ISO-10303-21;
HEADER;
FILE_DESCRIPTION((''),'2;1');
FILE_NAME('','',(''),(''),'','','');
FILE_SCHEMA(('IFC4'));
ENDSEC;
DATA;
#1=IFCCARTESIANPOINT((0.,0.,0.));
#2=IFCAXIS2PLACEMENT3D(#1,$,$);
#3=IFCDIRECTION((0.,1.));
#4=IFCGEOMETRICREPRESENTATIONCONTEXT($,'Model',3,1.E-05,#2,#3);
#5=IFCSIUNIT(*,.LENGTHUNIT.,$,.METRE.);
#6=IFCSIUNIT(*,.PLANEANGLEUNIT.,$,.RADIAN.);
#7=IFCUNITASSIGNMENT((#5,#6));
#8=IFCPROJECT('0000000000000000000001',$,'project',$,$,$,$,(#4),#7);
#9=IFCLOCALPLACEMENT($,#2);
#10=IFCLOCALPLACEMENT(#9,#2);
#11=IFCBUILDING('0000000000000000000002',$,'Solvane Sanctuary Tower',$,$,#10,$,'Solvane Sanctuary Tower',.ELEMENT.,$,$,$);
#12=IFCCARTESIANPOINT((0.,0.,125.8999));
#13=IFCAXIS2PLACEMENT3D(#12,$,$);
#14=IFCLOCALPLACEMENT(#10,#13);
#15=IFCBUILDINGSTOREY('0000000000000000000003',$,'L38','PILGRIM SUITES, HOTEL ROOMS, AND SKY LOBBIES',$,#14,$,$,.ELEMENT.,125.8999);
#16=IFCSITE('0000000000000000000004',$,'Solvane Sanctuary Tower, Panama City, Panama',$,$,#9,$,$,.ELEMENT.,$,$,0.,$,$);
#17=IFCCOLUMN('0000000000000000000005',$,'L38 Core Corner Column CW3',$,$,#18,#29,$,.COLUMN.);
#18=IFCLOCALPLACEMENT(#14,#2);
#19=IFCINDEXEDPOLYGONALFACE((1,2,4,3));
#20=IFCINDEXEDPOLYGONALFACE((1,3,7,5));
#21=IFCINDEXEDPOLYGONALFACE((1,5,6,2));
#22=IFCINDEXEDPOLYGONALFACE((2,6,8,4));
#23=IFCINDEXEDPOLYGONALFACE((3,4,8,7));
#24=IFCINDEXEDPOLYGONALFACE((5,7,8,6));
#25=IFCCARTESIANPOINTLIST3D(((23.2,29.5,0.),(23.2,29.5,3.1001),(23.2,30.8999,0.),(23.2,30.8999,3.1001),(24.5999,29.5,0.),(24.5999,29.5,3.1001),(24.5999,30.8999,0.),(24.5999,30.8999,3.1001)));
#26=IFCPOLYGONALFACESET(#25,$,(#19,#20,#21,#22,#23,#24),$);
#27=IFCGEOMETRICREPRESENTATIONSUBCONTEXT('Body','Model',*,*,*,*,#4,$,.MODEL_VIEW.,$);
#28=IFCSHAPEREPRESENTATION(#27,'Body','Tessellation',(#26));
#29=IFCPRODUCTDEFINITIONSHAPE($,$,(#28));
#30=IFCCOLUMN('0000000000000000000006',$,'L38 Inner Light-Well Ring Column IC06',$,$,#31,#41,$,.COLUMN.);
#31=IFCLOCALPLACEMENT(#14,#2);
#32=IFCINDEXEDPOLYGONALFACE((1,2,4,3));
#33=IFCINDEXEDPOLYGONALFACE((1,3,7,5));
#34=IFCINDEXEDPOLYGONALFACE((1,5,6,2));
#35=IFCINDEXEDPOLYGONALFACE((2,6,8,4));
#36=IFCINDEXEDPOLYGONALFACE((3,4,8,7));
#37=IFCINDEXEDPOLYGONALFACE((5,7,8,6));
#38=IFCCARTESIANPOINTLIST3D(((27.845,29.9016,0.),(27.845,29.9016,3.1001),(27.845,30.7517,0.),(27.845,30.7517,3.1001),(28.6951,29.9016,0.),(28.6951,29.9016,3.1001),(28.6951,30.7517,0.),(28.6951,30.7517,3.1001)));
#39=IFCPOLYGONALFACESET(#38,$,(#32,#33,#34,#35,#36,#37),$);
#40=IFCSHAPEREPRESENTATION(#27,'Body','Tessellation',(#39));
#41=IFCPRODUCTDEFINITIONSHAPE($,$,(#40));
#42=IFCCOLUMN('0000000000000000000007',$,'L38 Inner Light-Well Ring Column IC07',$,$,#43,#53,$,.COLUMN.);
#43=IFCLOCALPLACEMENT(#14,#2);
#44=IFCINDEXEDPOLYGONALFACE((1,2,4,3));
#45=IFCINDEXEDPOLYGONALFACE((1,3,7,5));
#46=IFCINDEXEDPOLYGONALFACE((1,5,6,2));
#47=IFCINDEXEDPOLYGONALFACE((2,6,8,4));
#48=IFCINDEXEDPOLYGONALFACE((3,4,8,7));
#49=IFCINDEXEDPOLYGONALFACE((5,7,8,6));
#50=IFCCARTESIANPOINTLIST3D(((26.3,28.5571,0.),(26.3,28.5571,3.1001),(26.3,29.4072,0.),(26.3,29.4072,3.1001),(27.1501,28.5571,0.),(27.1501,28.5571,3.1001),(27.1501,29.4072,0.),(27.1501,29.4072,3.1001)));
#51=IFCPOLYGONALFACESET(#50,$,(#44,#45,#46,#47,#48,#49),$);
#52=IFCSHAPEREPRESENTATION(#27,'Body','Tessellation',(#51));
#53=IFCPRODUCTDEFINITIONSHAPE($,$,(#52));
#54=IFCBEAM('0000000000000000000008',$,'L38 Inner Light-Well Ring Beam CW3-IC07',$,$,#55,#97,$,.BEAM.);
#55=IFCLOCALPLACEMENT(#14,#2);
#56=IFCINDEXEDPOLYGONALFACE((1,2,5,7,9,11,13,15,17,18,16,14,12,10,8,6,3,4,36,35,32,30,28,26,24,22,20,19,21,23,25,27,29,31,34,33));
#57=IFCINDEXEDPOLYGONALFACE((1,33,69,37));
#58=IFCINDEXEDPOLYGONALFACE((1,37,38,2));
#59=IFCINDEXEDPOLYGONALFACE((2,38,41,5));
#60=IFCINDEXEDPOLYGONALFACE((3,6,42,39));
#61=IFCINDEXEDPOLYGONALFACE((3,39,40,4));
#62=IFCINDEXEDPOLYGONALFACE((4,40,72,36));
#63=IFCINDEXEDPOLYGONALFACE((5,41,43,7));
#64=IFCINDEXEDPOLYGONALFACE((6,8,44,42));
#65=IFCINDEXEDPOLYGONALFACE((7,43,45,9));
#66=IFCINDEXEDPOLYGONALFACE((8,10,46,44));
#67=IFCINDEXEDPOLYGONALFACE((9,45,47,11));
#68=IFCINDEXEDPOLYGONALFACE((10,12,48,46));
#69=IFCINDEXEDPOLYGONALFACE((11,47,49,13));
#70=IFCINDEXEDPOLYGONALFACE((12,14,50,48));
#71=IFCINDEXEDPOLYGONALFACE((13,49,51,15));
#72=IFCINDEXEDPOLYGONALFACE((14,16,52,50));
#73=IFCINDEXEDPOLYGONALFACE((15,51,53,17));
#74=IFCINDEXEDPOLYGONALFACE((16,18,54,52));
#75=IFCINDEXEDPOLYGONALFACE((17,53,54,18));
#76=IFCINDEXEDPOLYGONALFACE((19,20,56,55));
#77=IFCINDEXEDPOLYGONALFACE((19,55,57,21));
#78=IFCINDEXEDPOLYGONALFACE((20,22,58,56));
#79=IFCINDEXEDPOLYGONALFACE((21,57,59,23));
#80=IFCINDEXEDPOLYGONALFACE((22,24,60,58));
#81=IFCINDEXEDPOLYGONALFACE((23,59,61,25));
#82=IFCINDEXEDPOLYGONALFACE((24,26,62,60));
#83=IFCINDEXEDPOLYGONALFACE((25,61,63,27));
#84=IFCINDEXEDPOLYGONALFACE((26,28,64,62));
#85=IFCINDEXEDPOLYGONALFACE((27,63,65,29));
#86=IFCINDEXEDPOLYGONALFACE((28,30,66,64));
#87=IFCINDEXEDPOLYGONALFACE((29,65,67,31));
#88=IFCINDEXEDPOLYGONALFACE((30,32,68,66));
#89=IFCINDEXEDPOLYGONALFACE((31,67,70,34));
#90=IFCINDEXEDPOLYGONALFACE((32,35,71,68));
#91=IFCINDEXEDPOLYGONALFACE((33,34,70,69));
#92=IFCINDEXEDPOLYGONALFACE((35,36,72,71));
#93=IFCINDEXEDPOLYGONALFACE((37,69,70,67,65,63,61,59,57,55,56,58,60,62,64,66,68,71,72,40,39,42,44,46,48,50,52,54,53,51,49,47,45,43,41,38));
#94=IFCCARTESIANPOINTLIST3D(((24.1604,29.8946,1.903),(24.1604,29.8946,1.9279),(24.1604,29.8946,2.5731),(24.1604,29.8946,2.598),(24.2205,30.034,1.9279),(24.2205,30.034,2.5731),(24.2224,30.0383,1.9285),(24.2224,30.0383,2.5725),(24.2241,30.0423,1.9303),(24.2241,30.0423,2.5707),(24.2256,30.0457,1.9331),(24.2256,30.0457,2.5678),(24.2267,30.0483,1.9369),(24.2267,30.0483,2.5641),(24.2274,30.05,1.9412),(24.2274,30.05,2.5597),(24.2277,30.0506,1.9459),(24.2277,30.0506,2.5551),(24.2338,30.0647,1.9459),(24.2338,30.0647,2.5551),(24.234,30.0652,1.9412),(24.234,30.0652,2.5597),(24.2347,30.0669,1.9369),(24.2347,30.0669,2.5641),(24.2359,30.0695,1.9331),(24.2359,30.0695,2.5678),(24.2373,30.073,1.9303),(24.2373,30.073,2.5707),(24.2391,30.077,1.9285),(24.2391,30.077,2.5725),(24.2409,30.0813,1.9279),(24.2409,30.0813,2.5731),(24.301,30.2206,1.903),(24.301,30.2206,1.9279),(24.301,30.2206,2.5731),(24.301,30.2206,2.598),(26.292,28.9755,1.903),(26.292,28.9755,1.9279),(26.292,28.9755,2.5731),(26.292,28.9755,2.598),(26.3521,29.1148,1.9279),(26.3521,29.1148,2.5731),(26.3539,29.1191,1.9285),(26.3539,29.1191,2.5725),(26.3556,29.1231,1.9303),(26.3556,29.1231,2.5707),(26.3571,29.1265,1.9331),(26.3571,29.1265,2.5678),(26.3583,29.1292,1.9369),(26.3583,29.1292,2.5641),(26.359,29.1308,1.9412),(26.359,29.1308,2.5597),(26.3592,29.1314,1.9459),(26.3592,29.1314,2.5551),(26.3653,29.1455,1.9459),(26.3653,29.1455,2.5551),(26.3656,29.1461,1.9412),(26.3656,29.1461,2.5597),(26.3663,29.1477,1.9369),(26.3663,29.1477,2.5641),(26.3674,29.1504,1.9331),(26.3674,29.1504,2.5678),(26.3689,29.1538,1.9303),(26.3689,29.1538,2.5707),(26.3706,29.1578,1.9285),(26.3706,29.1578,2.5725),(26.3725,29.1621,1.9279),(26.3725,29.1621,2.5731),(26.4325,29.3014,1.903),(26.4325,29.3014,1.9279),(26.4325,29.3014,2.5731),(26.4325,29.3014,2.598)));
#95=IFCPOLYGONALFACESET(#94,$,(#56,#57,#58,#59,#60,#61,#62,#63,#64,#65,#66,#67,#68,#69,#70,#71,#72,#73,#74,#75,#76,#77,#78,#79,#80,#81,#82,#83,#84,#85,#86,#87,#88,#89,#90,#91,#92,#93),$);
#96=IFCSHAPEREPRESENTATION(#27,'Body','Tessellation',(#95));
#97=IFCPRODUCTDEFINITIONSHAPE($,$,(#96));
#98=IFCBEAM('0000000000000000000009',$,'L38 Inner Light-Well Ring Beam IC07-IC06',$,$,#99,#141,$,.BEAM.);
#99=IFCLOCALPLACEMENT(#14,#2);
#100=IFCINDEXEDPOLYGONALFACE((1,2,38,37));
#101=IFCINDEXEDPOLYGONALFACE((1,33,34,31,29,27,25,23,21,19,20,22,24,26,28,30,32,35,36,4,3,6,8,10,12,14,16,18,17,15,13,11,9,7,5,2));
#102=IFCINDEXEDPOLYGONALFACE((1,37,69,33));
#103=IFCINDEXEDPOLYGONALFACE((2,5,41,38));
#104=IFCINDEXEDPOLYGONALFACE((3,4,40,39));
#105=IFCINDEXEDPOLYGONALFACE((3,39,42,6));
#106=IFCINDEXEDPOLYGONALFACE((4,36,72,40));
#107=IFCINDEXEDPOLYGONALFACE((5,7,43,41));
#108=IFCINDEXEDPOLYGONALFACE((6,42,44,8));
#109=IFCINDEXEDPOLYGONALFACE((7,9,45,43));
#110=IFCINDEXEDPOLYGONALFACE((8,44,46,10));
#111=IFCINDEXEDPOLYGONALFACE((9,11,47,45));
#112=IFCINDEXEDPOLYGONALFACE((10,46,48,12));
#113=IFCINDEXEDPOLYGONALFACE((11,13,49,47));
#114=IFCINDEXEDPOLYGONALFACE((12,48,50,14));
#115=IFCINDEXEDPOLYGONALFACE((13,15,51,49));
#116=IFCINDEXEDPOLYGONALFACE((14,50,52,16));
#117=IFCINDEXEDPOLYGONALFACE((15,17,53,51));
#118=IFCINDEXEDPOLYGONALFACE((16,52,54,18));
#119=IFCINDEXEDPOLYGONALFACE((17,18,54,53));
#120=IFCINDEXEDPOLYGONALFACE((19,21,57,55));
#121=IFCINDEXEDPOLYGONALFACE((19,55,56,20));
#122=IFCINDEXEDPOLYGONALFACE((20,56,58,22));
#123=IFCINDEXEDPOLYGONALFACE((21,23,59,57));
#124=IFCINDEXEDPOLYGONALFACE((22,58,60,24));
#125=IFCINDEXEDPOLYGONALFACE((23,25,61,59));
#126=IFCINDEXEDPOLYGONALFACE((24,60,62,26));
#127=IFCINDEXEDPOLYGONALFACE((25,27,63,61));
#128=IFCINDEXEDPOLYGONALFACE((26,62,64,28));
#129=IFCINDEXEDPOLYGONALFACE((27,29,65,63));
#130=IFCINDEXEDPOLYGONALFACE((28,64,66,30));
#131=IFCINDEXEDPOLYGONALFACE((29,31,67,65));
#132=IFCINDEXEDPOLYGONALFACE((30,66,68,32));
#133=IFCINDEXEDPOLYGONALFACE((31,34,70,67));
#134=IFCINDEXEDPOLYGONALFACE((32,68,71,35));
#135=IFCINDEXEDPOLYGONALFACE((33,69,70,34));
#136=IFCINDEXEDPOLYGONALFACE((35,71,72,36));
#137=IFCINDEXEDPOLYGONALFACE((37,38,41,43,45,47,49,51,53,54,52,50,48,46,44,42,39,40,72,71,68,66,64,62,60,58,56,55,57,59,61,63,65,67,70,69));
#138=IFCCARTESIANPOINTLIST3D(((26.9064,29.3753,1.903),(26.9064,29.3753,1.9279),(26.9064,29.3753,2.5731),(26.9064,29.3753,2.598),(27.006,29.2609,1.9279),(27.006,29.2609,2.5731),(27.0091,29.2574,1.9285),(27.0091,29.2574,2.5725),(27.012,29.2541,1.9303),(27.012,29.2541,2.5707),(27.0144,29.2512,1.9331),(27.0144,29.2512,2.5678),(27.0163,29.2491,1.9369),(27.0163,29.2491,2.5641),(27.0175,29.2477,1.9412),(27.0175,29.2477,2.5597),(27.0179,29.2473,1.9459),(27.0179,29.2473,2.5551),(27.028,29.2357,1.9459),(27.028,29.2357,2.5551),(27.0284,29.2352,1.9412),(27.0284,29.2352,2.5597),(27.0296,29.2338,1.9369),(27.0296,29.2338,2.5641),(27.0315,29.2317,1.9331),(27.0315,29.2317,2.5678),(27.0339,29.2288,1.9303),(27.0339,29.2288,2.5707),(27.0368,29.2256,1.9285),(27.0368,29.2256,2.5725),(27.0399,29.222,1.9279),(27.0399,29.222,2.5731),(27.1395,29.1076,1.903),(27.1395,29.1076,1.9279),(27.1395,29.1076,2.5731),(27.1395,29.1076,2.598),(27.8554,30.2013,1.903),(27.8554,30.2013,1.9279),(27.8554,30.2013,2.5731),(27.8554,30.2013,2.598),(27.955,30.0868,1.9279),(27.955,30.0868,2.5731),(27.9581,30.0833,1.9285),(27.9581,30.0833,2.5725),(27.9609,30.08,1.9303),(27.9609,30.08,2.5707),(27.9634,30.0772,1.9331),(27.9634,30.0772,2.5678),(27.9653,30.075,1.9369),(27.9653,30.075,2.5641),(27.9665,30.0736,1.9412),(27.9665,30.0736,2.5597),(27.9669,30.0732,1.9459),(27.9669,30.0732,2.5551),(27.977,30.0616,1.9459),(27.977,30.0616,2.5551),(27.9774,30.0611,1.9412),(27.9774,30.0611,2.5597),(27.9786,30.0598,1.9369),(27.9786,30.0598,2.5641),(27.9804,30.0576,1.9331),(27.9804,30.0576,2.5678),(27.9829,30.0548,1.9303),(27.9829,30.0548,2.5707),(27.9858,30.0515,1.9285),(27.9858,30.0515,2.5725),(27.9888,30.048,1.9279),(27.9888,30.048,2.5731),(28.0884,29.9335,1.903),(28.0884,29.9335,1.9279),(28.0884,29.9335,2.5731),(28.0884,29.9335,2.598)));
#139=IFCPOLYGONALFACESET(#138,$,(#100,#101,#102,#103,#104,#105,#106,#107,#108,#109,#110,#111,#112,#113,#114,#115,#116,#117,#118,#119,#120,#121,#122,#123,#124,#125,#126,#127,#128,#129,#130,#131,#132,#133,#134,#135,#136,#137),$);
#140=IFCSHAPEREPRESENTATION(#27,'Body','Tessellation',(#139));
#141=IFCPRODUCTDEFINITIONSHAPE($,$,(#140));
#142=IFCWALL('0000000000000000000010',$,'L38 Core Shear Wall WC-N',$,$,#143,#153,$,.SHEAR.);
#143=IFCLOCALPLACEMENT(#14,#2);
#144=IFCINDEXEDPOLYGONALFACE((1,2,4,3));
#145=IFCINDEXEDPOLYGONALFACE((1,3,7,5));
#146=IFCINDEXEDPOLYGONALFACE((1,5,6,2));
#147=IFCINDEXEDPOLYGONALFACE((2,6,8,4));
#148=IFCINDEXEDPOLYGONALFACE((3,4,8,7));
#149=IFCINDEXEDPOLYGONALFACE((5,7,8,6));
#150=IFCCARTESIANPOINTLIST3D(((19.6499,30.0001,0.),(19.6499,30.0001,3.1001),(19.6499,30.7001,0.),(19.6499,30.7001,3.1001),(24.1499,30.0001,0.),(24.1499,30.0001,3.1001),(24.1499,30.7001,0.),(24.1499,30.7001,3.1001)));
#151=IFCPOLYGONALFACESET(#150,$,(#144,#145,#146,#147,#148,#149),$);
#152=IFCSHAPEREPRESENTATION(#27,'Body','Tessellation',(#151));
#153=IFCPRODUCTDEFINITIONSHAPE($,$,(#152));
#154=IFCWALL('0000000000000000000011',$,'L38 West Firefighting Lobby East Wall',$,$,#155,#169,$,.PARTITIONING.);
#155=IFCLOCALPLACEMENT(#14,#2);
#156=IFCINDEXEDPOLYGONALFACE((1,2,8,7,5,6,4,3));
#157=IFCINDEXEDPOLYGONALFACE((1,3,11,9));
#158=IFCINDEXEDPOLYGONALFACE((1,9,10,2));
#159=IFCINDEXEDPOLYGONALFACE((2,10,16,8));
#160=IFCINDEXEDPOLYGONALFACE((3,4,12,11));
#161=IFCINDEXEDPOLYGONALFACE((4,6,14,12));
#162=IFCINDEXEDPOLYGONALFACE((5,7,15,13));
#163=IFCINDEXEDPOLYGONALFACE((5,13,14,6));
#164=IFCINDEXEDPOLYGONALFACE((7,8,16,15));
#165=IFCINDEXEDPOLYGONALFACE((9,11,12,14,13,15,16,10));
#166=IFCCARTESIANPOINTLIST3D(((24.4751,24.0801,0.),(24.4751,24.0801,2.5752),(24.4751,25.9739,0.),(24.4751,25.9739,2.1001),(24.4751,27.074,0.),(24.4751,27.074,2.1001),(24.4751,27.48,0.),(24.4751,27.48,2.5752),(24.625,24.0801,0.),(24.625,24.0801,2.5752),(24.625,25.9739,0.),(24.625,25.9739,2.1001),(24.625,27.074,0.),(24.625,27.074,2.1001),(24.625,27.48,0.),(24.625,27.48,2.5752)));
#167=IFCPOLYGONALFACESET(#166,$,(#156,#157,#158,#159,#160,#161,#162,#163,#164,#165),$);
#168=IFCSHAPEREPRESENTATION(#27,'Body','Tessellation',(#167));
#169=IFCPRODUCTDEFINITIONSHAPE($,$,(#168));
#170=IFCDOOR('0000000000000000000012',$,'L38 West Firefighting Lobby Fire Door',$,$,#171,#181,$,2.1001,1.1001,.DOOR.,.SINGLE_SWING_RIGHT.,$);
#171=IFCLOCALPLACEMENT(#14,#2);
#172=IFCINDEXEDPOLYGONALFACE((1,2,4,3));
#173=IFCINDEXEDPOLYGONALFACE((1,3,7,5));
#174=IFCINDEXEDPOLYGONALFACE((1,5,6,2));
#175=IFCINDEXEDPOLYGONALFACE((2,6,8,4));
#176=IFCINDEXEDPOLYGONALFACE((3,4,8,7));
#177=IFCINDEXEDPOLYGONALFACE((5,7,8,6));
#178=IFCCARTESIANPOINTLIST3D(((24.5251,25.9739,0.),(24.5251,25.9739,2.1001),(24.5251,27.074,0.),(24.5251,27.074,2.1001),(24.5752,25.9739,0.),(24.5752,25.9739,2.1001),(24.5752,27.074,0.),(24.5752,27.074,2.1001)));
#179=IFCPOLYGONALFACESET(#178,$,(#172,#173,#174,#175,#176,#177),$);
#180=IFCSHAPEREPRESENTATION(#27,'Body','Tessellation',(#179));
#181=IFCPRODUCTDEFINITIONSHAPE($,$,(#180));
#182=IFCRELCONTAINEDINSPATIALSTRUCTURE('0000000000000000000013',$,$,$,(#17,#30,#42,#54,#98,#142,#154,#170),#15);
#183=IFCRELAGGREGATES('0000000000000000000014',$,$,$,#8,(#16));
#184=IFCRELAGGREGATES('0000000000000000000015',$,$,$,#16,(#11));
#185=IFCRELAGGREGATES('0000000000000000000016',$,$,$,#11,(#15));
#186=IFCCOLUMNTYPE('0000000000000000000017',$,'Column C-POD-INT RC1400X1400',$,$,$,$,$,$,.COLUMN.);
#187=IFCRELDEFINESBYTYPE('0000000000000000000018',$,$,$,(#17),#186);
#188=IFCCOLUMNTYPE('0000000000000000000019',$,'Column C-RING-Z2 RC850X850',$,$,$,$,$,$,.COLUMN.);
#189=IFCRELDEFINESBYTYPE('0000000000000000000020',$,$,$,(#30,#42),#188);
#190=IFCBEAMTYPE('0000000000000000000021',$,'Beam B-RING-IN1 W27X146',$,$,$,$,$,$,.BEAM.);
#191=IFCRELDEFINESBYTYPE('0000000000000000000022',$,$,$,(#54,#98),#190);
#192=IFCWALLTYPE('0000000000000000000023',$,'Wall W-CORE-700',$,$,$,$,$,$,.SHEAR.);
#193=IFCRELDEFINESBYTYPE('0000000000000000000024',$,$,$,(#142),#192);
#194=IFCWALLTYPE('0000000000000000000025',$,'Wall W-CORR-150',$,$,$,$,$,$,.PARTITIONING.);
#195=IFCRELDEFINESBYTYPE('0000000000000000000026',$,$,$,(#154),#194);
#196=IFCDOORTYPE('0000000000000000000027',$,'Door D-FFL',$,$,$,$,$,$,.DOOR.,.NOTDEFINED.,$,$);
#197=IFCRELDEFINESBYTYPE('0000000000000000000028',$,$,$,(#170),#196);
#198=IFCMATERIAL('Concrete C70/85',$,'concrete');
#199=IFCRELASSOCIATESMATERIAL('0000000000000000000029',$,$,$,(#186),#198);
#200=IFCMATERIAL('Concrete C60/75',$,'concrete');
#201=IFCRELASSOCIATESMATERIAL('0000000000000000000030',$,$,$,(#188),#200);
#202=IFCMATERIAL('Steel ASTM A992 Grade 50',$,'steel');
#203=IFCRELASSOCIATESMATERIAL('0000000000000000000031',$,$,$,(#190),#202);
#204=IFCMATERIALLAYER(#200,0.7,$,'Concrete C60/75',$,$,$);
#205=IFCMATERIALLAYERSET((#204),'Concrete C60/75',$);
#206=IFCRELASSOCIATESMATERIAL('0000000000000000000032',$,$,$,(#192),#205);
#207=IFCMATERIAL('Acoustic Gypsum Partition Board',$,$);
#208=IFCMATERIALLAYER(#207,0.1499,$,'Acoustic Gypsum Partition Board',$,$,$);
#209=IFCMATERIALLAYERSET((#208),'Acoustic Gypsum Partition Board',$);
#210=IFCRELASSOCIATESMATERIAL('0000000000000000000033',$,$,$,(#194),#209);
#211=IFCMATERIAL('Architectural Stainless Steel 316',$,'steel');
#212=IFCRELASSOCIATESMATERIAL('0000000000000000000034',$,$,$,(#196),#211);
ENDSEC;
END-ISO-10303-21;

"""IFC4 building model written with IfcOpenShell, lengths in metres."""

from ifc_helpers import new_model, si_unit, direction, frame, frame_2d, origin, origin_2d, place, context, subcontext, project, spatial, rectangle, i_section, extrude, material, layer, layer_set, material_profile, profile_set, type_object, element, fill, save


model = new_model("IFC4")

# Units and contexts
model_context = context("Model", 3, precision=1e-05, world=origin(), true_north=direction((0.0, 1.0)))
body_context = subcontext(model_context, "Body", "Model", "MODEL_VIEW")
ifc_project = project(units=[si_unit("LENGTHUNIT", "METRE"), si_unit("PLANEANGLEUNIT", "RADIAN")], contexts=[model_context])

# Site, building, storey
site_placement = place(None, origin())
site = spatial("IfcSite", under=ifc_project, at=site_placement, Name="Solvane Sanctuary Tower, Panama City, Panama", CompositionType="ELEMENT", RefElevation=0.0)
building_placement = place(site_placement, origin())
building = spatial("IfcBuilding", under=site, at=building_placement, Name="Solvane Sanctuary Tower", LongName="Solvane Sanctuary Tower", CompositionType="ELEMENT")
storey_placement = place(building_placement, frame((0.0, 0.0, 125.8999)))
storey = spatial("IfcBuildingStorey", under=building, at=storey_placement, Name="L38", Description="PILGRIM SUITES, HOTEL ROOMS, AND SKY LOBBIES", CompositionType="ELEMENT", Elevation=125.8999)

# Columns
ifc_material_1 = material(Name="Concrete C70/85", Category="concrete")
ifc_material_profile_1 = material_profile(ifc_material_1, rectangle(XDim=1.3999, YDim=1.3999, at=origin_2d()), Name="RC1400X1400")
ifc_profile_set_1 = profile_set([ifc_material_profile_1], Name="Concrete C70/85")
column_type_1 = type_object("IfcColumnType", Name="Column C-POD-INT RC1400X1400", PredefinedType="COLUMN", material=ifc_profile_set_1)
column_placement = place(storey_placement, frame((23.8999, 30.2, 0.0), z_axis=(0.0, 0.0, 1.0), x_axis=(1.0, 0.0, 0.0)))
element("IfcColumn", 1, at=column_placement, inside=storey, type_object=column_type_1, Name="L38 Core Corner Column CW3", PredefinedType="COLUMN", context=body_context, shape_type="SweptSolid", body=[
    extrude(rectangle(XDim=1.3999, YDim=1.3999, at=origin_2d()), origin(), (0.0, 0.0, 1.0), 3.1001),
])
ifc_material_2 = material(Name="Concrete C60/75", Category="concrete")
ifc_material_profile_2 = material_profile(ifc_material_2, rectangle(XDim=0.8501, YDim=0.8501, at=origin_2d()), Name="RC850X850")
ifc_profile_set_2 = profile_set([ifc_material_profile_2], Name="Concrete C60/75")
column_type_2 = type_object("IfcColumnType", Name="Column C-RING-Z2 RC850X850", PredefinedType="COLUMN", material=ifc_profile_set_2)
for number, where, z_axis, x_axis, name in (
    (2, (28.27, 30.3267, 0.0), (0.0, 0.0, 1.0), (1.0, 0.0, 0.0), "L38 Inner Light-Well Ring Column IC06"),
    (3, (26.7251, 28.9822, 0.0), (0.0, 0.0, 1.0), (1.0, 0.0, 0.0), "L38 Inner Light-Well Ring Column IC07"),
):
    element("IfcColumn", number, at=place(storey_placement, frame(where, z_axis=z_axis, x_axis=x_axis)), inside=storey, type_object=column_type_2, Name=name, PredefinedType="COLUMN", context=body_context, shape_type="SweptSolid", body=[
        extrude(rectangle(XDim=0.8501, YDim=0.8501, at=origin_2d()), origin(), (0.0, 0.0, 1.0), 3.1001),
    ])

# Beams
ifc_material_3 = material(Name="Steel ASTM A992 Grade 50", Category="steel")
ifc_material_profile_3 = material_profile(ifc_material_3, i_section(OverallWidth=0.355, OverallDepth=0.6951, WebThickness=0.0154, FlangeThickness=0.0249, FilletRadius=0.0181, at=origin_2d()), Name="W27X146")
ifc_profile_set_3 = profile_set([ifc_material_profile_3], Name="Steel ASTM A992 Grade 50")
beam_type = type_object("IfcBeamType", Name="Beam B-RING-IN1 W27X146", PredefinedType="BEAM", material=ifc_profile_set_3)
beam_1_placement = place(storey_placement, frame((24.2307, 30.0576, 2.2505), z_axis=(0.918261, -0.395975, 0.0), x_axis=(0.395975, 0.918261, 0.0)))
element("IfcBeam", 4, at=beam_1_placement, inside=storey, type_object=beam_type, Name="L38 Inner Light-Well Ring Beam CW3-IC07", PredefinedType="BEAM", context=body_context, shape_type="SweptSolid", body=[
    extrude(i_section(OverallWidth=0.355, OverallDepth=0.6951, WebThickness=0.0154, FlangeThickness=0.0249, FilletRadius=0.0181, at=origin_2d()), origin(), (0.0, 0.0, 1.0), 2.3213),
])
beam_2_placement = place(storey_placement, frame((27.0229, 29.2415, 2.2505), z_axis=(0.754317, 0.65651, 0.0), x_axis=(-0.65651, 0.754317, 0.0)))
element("IfcBeam", 5, at=beam_2_placement, inside=storey, type_object=beam_type, Name="L38 Inner Light-Well Ring Beam IC07-IC06", PredefinedType="BEAM", context=body_context, shape_type="SweptSolid", body=[
    extrude(i_section(OverallWidth=0.355, OverallDepth=0.6951, WebThickness=0.0154, FlangeThickness=0.0249, FilletRadius=0.0181, at=origin_2d()), origin(), (0.0, 0.0, 1.0), 1.2581),
])

# Wall
ifc_layer_1 = layer(ifc_material_2, 0.7, Name="Concrete C60/75")
ifc_layer_set_1 = layer_set([ifc_layer_1], Name="Concrete C60/75")
wall_type_1 = type_object("IfcWallType", Name="Wall W-CORE-700", PredefinedType="SHEAR", material=ifc_layer_set_1)
wall_1_placement = place(storey_placement, frame((19.6499, 30.3501, 0.0), z_axis=(0.0, 0.0, 1.0), x_axis=(1.0, 0.0, 0.0)))
element("IfcWall", 6, at=wall_1_placement, inside=storey, type_object=wall_type_1, Name="L38 Core Shear Wall WC-N", PredefinedType="SHEAR", context=body_context, shape_type="SweptSolid", body=[
    extrude(rectangle(XDim=4.5, YDim=0.7, at=frame_2d((2.25, 0.0))), origin(), (0.0, 0.0, 1.0), 3.1001),
])

# Wall, opening, door
ifc_material_4 = material(Name="Acoustic Gypsum Partition Board")
ifc_layer_2 = layer(ifc_material_4, 0.1499, Name="Acoustic Gypsum Partition Board")
ifc_layer_set_2 = layer_set([ifc_layer_2], Name="Acoustic Gypsum Partition Board")
wall_type_2 = type_object("IfcWallType", Name="Wall W-CORR-150", PredefinedType="PARTITIONING", material=ifc_layer_set_2)
wall_2_placement = place(storey_placement, frame((24.55, 24.0801, 0.0), z_axis=(0.0, 0.0, 1.0), x_axis=(0.0, 1.0, 0.0)))
wall_2 = element("IfcWall", 7, at=wall_2_placement, inside=storey, type_object=wall_type_2, Name="L38 West Firefighting Lobby East Wall", PredefinedType="PARTITIONING", context=body_context, shape_type="SweptSolid", body=[
    extrude(rectangle(XDim=3.3999, YDim=0.1499, at=frame_2d((1.7, 0.0))), origin(), (0.0, 0.0, 1.0), 2.5752),
])
opening_1_placement = place(wall_2_placement, frame((1.8938, 0.0, 0.0)))
opening_1 = element("IfcOpeningElement", 8, at=opening_1_placement, cuts=wall_2, PredefinedType="OPENING", context=body_context, shape_type="SweptSolid", body=[
    extrude(rectangle(XDim=1.1001, YDim=2.1001, at=frame_2d((0.55, 1.05))), frame((0.0, 0.085, 0.0), z_axis=(0.0, -1.0, 0.0), x_axis=(1.0, 0.0, 0.0)), (0.0, 0.0, 1.0), 0.1699),
])
ifc_material_5 = material(Name="Architectural Stainless Steel 316", Category="steel")
door_type_1 = type_object("IfcDoorType", Name="Door D-FFL", OperationType="NOTDEFINED", PredefinedType="DOOR", material=ifc_material_5)
door_1_placement = place(opening_1_placement, origin())
door_1 = element("IfcDoor", 9, at=door_1_placement, inside=storey, type_object=door_type_1, Name="L38 West Firefighting Lobby Fire Door", OperationType="SINGLE_SWING_RIGHT", OverallHeight=2.1001, OverallWidth=1.1001, PredefinedType="DOOR", context=body_context, shape_type="SweptSolid", body=[
    extrude(rectangle(XDim=1.1001, YDim=2.1001, at=frame_2d((0.55, 1.05))), frame((0.0, 0.0249, 0.0), z_axis=(0.0, -1.0, 0.0), x_axis=(1.0, 0.0, 0.0)), (0.0, 0.0, 1.0), 0.05),
])
fill(opening_1, door_1)

save(model, "model.ifc")
